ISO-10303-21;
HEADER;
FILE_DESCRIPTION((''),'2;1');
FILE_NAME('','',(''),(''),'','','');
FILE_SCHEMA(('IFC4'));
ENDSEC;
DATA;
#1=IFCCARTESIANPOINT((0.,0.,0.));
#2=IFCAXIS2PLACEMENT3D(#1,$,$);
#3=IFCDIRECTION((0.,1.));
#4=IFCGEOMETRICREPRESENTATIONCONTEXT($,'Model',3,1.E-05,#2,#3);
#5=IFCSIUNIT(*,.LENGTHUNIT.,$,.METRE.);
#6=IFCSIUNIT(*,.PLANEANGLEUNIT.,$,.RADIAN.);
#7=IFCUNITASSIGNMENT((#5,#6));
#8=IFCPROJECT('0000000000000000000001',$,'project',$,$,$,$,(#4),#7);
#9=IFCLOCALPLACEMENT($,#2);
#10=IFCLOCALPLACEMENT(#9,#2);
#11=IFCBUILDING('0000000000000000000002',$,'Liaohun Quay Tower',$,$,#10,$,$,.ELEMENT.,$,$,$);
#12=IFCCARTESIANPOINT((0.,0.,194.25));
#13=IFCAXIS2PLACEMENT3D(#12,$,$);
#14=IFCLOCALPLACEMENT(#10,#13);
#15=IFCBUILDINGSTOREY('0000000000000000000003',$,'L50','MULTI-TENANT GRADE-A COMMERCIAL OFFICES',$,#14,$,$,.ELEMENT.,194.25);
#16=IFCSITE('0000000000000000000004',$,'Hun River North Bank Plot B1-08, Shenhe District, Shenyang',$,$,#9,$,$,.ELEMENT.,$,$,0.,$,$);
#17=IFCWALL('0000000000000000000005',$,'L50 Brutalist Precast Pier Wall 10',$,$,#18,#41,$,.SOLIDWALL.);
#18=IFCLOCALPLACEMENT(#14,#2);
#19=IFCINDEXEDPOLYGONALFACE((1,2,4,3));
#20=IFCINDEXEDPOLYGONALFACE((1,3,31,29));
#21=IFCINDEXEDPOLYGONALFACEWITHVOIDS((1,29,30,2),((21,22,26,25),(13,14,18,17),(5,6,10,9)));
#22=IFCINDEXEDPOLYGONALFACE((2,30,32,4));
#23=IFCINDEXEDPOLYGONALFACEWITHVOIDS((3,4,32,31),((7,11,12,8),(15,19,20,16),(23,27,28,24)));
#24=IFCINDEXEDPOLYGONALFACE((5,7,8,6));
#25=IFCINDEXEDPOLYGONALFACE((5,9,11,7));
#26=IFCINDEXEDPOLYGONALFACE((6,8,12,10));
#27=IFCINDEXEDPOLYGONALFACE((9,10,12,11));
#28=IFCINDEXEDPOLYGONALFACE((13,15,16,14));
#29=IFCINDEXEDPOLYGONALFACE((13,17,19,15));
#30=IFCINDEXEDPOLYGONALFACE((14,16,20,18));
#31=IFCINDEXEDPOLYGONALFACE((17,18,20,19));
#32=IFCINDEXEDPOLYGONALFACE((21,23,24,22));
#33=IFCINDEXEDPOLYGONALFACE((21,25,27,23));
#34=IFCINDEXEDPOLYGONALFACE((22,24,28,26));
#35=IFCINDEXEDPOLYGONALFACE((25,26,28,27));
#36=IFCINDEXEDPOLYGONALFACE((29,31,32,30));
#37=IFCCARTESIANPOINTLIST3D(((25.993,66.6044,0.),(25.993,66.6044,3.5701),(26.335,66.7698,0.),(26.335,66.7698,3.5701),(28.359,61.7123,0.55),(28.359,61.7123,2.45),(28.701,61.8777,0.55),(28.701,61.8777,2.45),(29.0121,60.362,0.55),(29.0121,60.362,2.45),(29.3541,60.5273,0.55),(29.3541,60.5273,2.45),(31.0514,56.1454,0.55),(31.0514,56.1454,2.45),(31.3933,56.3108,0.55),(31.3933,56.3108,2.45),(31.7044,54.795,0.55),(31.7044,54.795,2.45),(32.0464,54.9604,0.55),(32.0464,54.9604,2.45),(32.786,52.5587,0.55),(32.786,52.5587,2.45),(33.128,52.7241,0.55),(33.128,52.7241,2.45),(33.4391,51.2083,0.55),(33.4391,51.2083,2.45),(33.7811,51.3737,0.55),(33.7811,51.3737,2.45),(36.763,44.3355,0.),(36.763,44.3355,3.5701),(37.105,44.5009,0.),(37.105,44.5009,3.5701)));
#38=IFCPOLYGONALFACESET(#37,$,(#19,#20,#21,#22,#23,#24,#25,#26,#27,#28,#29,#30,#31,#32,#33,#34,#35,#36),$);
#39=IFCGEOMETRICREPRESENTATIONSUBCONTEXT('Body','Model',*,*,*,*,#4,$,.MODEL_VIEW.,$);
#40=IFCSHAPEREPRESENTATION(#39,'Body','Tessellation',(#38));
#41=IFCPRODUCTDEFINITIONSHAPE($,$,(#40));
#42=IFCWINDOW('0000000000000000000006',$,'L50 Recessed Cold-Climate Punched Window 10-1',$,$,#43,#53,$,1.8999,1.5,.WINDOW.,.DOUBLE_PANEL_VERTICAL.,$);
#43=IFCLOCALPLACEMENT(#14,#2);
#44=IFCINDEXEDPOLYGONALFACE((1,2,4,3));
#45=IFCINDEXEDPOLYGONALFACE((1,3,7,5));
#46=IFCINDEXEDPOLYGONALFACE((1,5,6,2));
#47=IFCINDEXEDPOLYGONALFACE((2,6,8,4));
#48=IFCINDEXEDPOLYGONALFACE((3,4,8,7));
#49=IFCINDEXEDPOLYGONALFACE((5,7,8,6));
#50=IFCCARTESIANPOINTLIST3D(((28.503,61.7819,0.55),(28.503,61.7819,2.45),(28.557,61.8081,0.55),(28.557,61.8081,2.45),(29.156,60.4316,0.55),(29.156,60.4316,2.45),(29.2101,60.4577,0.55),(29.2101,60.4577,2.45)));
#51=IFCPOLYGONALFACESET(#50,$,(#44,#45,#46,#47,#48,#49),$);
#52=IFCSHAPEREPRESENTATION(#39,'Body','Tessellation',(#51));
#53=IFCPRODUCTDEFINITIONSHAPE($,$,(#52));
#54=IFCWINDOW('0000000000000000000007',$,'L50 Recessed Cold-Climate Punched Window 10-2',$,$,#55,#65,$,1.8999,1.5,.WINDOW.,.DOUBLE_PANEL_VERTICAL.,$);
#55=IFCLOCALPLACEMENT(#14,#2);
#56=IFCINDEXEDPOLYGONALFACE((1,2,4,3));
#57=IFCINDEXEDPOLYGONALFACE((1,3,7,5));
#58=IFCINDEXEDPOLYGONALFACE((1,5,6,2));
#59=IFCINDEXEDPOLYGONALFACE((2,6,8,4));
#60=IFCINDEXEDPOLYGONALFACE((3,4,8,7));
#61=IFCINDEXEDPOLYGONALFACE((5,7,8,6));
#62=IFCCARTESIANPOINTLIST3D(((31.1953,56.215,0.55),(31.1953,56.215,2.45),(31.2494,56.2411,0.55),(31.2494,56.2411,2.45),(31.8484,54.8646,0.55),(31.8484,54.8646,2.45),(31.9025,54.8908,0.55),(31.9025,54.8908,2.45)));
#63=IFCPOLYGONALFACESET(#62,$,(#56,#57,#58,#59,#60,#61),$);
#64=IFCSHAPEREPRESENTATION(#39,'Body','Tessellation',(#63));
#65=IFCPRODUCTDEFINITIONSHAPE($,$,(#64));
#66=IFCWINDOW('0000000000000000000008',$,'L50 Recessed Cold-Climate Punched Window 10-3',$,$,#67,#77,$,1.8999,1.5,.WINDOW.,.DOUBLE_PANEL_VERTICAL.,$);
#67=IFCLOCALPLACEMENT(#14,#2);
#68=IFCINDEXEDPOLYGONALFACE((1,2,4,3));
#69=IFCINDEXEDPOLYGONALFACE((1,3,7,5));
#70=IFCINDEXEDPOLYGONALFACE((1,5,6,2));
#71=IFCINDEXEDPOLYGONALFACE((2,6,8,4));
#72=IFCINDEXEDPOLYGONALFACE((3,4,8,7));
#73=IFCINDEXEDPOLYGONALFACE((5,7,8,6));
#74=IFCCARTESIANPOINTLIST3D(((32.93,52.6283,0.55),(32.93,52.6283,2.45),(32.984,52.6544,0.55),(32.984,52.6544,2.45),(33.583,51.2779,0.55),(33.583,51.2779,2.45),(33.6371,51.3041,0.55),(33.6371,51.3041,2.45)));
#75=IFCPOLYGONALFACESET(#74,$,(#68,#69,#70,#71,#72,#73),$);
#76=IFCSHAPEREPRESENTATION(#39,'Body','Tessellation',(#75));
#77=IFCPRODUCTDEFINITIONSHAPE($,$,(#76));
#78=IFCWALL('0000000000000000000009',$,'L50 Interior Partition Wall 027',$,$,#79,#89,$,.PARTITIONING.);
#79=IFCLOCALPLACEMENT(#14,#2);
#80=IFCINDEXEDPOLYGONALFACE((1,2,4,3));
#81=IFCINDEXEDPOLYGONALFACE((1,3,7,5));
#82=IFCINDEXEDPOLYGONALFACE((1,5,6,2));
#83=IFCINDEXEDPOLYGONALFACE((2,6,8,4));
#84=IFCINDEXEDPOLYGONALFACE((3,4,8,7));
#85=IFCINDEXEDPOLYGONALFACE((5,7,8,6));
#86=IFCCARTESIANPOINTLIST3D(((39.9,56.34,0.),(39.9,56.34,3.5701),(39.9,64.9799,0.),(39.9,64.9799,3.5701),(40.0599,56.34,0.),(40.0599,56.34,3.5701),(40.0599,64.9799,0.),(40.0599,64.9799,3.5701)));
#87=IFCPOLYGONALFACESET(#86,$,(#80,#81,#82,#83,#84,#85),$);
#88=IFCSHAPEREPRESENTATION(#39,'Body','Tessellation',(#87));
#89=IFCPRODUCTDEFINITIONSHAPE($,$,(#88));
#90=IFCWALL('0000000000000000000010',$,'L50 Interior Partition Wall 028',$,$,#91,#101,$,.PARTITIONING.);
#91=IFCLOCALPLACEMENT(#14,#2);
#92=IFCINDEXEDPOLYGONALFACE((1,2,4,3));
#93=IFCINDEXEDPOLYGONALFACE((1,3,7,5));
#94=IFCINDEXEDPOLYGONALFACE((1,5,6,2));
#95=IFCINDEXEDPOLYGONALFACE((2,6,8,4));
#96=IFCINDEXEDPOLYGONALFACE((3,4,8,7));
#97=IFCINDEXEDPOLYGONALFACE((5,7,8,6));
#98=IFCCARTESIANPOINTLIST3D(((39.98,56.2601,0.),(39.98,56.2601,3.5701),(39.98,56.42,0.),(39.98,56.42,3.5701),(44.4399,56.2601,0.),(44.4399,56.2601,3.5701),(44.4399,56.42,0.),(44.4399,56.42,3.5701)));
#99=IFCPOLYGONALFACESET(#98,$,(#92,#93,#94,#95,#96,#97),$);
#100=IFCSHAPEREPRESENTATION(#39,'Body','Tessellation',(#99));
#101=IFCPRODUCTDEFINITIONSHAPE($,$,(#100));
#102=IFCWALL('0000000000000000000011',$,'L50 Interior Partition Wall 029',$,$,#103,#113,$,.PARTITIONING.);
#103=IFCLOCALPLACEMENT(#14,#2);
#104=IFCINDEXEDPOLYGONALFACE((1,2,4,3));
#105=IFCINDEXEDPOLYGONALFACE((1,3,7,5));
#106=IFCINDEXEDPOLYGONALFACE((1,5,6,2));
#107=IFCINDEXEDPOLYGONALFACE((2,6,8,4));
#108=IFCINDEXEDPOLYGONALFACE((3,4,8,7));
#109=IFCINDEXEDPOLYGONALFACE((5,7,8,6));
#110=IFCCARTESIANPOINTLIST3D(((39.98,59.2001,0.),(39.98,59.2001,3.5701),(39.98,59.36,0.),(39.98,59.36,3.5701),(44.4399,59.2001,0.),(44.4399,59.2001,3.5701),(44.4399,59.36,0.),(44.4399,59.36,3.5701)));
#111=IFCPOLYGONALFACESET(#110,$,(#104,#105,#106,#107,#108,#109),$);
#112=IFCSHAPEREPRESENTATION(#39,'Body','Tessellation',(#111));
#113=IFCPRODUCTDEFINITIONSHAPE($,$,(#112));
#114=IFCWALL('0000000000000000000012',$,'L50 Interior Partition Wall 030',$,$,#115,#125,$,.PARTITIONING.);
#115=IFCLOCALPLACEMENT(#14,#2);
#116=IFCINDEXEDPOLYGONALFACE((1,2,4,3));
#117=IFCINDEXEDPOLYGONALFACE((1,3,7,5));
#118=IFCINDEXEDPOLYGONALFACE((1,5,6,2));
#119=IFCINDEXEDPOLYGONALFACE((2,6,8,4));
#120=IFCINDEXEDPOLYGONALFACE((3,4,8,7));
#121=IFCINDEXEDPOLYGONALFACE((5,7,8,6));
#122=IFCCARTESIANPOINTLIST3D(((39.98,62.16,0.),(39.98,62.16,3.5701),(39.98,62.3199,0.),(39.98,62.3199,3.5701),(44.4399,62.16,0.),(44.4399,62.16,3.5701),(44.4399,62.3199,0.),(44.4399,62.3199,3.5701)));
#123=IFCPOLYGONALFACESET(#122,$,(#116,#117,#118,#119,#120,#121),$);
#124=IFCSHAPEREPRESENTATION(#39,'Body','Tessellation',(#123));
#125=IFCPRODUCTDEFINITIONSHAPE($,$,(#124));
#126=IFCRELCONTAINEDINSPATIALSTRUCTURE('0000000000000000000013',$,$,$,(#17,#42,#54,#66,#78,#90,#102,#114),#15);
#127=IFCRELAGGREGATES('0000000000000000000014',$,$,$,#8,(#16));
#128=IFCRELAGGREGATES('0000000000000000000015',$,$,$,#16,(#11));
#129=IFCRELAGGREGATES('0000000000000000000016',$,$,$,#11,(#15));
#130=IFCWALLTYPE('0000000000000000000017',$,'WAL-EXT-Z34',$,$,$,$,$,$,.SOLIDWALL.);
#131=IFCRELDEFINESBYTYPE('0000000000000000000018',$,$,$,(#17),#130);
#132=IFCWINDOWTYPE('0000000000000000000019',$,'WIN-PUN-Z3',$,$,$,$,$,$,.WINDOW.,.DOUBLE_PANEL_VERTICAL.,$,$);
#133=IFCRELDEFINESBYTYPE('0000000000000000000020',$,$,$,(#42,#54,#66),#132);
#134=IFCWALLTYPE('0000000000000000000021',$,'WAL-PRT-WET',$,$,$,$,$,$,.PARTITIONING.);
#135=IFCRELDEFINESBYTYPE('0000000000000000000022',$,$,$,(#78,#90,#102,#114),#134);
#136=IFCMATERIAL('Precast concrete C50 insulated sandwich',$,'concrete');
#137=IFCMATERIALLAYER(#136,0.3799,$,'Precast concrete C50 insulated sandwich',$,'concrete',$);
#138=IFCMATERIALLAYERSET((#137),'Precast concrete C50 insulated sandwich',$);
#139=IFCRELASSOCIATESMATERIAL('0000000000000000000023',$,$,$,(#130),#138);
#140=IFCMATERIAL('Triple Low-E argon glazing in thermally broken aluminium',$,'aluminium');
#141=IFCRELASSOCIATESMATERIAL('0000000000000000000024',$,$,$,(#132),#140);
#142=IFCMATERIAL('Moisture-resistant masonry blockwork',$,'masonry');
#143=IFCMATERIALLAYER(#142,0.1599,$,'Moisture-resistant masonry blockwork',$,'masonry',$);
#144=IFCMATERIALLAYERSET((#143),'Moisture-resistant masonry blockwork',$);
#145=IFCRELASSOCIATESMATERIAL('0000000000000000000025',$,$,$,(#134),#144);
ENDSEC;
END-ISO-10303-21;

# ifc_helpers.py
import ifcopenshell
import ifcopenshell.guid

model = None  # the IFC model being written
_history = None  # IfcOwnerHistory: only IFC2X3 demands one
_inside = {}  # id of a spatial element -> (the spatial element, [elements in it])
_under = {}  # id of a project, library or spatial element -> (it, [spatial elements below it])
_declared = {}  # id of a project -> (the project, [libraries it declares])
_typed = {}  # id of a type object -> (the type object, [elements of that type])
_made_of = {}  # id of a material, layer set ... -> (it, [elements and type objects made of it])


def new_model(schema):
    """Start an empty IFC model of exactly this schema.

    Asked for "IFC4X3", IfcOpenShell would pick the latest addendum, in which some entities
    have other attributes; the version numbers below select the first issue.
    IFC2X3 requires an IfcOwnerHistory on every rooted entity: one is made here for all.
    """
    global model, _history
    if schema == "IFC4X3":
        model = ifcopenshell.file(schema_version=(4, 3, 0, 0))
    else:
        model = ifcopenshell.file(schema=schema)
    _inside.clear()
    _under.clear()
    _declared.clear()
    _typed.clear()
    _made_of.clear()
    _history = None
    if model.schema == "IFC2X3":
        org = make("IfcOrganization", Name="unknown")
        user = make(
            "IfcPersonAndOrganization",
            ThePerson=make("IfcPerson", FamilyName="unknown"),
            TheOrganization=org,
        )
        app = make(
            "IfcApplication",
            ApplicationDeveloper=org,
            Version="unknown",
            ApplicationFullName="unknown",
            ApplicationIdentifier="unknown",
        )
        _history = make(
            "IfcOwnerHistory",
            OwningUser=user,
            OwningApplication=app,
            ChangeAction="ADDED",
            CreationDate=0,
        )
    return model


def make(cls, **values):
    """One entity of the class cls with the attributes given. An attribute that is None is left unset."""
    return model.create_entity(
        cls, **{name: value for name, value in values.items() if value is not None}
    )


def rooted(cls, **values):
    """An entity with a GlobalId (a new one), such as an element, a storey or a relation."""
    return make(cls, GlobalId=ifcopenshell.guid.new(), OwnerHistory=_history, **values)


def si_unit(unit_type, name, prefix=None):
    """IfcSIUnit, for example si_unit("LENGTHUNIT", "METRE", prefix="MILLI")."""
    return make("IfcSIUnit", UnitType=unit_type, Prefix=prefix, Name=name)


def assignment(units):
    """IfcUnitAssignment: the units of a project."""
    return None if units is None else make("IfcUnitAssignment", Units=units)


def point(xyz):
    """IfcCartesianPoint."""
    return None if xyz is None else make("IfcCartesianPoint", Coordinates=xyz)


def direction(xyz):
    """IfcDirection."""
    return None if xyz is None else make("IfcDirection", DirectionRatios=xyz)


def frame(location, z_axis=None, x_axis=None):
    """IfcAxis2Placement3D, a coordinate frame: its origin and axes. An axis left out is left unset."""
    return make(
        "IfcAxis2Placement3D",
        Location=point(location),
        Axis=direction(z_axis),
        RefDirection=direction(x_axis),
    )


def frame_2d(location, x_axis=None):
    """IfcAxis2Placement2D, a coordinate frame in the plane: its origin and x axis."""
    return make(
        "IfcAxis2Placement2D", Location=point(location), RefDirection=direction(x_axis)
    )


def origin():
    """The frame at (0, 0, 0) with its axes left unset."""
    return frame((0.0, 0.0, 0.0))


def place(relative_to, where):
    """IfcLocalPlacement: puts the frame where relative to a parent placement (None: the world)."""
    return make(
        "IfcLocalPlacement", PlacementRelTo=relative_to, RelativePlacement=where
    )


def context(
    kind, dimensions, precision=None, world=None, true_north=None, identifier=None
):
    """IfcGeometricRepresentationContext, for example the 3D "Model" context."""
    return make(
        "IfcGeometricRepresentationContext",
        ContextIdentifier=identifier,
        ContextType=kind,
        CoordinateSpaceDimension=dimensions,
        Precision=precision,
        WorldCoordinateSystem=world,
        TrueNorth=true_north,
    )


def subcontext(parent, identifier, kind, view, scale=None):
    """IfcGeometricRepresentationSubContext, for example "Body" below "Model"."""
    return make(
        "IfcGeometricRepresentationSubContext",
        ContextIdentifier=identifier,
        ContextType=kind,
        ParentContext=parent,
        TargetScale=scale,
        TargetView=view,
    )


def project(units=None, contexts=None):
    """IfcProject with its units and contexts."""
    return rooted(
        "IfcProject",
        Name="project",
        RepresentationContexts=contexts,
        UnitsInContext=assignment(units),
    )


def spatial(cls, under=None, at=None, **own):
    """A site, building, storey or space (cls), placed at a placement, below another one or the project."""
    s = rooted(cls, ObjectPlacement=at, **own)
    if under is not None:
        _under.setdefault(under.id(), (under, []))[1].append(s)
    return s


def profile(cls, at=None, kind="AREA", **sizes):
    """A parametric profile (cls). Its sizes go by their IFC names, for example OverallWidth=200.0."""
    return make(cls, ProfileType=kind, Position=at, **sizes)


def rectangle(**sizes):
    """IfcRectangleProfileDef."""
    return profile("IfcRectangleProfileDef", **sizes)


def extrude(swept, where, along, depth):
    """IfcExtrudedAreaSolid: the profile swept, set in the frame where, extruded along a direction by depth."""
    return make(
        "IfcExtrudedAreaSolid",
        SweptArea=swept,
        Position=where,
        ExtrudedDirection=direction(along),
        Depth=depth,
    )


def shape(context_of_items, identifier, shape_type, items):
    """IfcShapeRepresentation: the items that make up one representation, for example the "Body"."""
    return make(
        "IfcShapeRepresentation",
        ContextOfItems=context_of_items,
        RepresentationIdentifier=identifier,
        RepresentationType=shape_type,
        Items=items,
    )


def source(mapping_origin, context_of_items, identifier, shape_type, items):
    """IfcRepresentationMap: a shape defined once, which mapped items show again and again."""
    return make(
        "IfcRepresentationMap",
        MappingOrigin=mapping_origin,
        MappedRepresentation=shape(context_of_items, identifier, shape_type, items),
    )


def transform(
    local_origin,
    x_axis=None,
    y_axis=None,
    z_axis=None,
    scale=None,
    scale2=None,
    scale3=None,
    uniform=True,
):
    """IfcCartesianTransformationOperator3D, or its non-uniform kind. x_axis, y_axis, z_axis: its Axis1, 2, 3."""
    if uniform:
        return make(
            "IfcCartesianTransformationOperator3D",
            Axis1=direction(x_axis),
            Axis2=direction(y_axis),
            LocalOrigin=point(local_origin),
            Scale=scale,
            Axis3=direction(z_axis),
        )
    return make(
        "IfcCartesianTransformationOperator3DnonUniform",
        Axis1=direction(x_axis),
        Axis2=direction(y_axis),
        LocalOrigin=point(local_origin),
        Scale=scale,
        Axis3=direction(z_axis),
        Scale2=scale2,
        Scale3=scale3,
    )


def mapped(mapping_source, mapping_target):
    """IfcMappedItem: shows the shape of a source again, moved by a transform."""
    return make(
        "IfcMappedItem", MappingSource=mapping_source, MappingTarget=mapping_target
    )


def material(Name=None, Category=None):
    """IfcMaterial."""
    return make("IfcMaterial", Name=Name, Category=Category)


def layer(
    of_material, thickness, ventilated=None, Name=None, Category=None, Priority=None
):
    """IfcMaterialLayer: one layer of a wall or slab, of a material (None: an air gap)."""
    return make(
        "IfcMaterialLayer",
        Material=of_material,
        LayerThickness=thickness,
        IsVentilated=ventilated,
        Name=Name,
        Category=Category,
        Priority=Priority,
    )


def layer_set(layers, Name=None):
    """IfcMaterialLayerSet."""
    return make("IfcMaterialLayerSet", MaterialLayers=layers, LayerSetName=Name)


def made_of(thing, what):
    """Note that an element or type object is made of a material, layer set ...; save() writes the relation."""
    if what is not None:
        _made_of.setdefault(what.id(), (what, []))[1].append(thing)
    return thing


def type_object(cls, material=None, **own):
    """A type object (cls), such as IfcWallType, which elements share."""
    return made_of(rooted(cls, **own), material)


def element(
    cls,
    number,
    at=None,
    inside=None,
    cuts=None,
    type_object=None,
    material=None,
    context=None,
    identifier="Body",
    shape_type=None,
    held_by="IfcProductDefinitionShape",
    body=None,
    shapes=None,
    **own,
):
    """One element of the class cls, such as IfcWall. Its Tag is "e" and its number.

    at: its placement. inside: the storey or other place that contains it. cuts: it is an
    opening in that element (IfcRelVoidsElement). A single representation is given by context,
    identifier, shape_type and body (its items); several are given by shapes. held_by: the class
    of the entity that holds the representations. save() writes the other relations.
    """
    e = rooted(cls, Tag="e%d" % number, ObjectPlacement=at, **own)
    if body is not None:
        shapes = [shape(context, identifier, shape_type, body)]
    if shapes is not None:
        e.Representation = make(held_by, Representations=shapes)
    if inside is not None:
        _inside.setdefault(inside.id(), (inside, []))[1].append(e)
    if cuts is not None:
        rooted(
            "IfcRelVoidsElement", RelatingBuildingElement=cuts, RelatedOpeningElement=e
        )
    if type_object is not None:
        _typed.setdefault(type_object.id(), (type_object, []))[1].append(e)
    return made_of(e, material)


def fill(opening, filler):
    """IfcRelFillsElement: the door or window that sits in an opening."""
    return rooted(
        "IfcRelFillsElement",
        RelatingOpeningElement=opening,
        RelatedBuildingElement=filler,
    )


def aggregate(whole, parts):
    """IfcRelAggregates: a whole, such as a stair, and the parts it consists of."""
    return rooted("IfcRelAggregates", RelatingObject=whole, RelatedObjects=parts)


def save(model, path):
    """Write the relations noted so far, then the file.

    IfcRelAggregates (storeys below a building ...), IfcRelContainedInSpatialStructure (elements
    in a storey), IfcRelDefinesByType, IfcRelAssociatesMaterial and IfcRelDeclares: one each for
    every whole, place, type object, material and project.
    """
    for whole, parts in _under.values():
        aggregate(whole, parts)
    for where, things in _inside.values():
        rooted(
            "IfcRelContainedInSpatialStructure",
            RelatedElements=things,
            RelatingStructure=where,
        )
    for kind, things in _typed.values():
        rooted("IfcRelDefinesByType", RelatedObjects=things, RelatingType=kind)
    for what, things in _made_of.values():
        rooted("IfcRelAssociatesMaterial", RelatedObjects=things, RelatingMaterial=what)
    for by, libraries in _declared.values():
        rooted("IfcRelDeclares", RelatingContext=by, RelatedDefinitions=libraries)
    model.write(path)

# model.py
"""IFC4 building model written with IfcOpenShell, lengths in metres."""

from ifc_helpers import new_model, si_unit, direction, frame, frame_2d, origin, place, context, subcontext, project, spatial, rectangle, extrude, source, transform, mapped, material, layer, layer_set, type_object, element, fill, save


model = new_model("IFC4")

# Units and contexts
model_context = context("Model", 3, precision=1e-05, world=origin(), true_north=direction((0.0, 1.0)))
body_context = subcontext(model_context, "Body", "Model", "MODEL_VIEW")
ifc_project = project(units=[si_unit("LENGTHUNIT", "METRE"), si_unit("PLANEANGLEUNIT", "RADIAN")], contexts=[model_context])

# Site, building, storey
site_placement = place(None, origin())
site = spatial("IfcSite", under=ifc_project, at=site_placement, Name="Hun River North Bank Plot B1-08, Shenhe District, Shenyang", CompositionType="ELEMENT", RefElevation=0.0)
building_placement = place(site_placement, origin())
building = spatial("IfcBuilding", under=site, at=building_placement, Name="Liaohun Quay Tower", CompositionType="ELEMENT")
storey_placement = place(building_placement, frame((0.0, 0.0, 194.25)))
storey = spatial("IfcBuildingStorey", under=building, at=storey_placement, Name="L50", Description="MULTI-TENANT GRADE-A COMMERCIAL OFFICES", CompositionType="ELEMENT", Elevation=194.25)

# Shared definitions
ifc_material_1 = material(Name="Precast concrete C50 insulated sandwich", Category="concrete")
ifc_layer_1 = layer(ifc_material_1, 0.3799, Name="Precast concrete C50 insulated sandwich", Category="concrete")
ifc_layer_set_1 = layer_set([ifc_layer_1], Name="Precast concrete C50 insulated sandwich")
wall_type_1 = type_object("IfcWallType", Name="WAL-EXT-Z34", PredefinedType="SOLIDWALL", material=ifc_layer_set_1)

# Wall, openings, windows
wall_1_placement = place(storey_placement, frame((26.1641, 66.687, 0.0), z_axis=(0.0, 0.0, 1.0), x_axis=(0.435387, -0.900244, 0.0)))
wall_1 = element("IfcWall", 1, at=wall_1_placement, inside=storey, type_object=wall_type_1, Name="L50 Brutalist Precast Pier Wall 10", PredefinedType="SOLIDWALL", context=body_context, shape_type="SweptSolid", body=[
    extrude(rectangle(XDim=24.7366, YDim=0.3799, at=frame_2d((12.3682, 0.0))), origin(), (0.0, 0.0, 1.0), 3.5701),
])
shared_shape_1 = source(origin(), body_context, "Body", "SweptSolid", [
    extrude(rectangle(XDim=1.5, YDim=1.8999, at=frame_2d((0.75, 0.95))), frame((0.0, 0.2, 0.0), z_axis=(0.0, -1.0, 0.0), x_axis=(1.0, 0.0, 0.0)), (0.0, 0.0, 1.0), 0.3999),
])
opening_1_placement = place(wall_1_placement, frame((5.4341, 0.0, 0.55)))
opening_1 = element("IfcOpeningElement", 2, at=opening_1_placement, cuts=wall_1, PredefinedType="OPENING", context=body_context, shape_type="MappedRepresentation", body=[
    mapped(shared_shape_1, transform((0.0, 0.0, 0.0), x_axis=(1.0, 0.0, 0.0), y_axis=(0.0, 1.0, 0.0), z_axis=(0.0, 0.0, 1.0), scale=1.0)),
])
opening_2_placement = place(wall_1_placement, frame((11.6179, 0.0, 0.55)))
opening_2 = element("IfcOpeningElement", 3, at=opening_2_placement, cuts=wall_1, PredefinedType="OPENING", context=body_context, shape_type="MappedRepresentation", body=[
    mapped(shared_shape_1, transform((0.0, 0.0, 0.0), x_axis=(1.0, 0.0, 0.0), y_axis=(0.0, 1.0, 0.0), z_axis=(0.0, 0.0, 1.0), scale=1.0)),
])
opening_3_placement = place(wall_1_placement, frame((15.6021, 0.0, 0.55)))
opening_3 = element("IfcOpeningElement", 4, at=opening_3_placement, cuts=wall_1, PredefinedType="OPENING", context=body_context, shape_type="MappedRepresentation", body=[
    mapped(shared_shape_1, transform((0.0, 0.0, 0.0), x_axis=(1.0, 0.0, 0.0), y_axis=(0.0, 1.0, 0.0), z_axis=(0.0, 0.0, 1.0), scale=1.0)),
])
ifc_material_2 = material(Name="Triple Low-E argon glazing in thermally broken aluminium", Category="aluminium")
window_type_1 = type_object("IfcWindowType", Name="WIN-PUN-Z3", PartitioningType="DOUBLE_PANEL_VERTICAL", PredefinedType="WINDOW", material=ifc_material_2)
shared_shape_2 = source(origin(), body_context, "Body", "SweptSolid", [
    extrude(rectangle(XDim=1.5, YDim=1.8999, at=frame_2d((0.75, 0.95))), frame((0.0, 0.03, 0.0), z_axis=(0.0, -1.0, 0.0), x_axis=(1.0, 0.0, 0.0)), (0.0, 0.0, 1.0), 0.0601),
])
window_1_placement = place(opening_1_placement, origin())
window_1 = element("IfcWindow", 5, at=window_1_placement, inside=storey, type_object=window_type_1, Name="L50 Recessed Cold-Climate Punched Window 10-1", OverallHeight=1.8999, OverallWidth=1.5, PartitioningType="DOUBLE_PANEL_VERTICAL", PredefinedType="WINDOW", context=body_context, shape_type="MappedRepresentation", body=[
    mapped(shared_shape_2, transform((0.0, 0.0, 0.0), x_axis=(1.0, 0.0, 0.0), y_axis=(0.0, 1.0, 0.0), z_axis=(0.0, 0.0, 1.0), scale=1.0)),
])
fill(opening_1, window_1)
window_2_placement = place(opening_2_placement, origin())
window_2 = element("IfcWindow", 6, at=window_2_placement, inside=storey, type_object=window_type_1, Name="L50 Recessed Cold-Climate Punched Window 10-2", OverallHeight=1.8999, OverallWidth=1.5, PartitioningType="DOUBLE_PANEL_VERTICAL", PredefinedType="WINDOW", context=body_context, shape_type="MappedRepresentation", body=[
    mapped(shared_shape_2, transform((0.0, 0.0, 0.0), x_axis=(1.0, 0.0, 0.0), y_axis=(0.0, 1.0, 0.0), z_axis=(0.0, 0.0, 1.0), scale=1.0)),
])
fill(opening_2, window_2)
window_3_placement = place(opening_3_placement, origin())
window_3 = element("IfcWindow", 7, at=window_3_placement, inside=storey, type_object=window_type_1, Name="L50 Recessed Cold-Climate Punched Window 10-3", OverallHeight=1.8999, OverallWidth=1.5, PartitioningType="DOUBLE_PANEL_VERTICAL", PredefinedType="WINDOW", context=body_context, shape_type="MappedRepresentation", body=[
    mapped(shared_shape_2, transform((0.0, 0.0, 0.0), x_axis=(1.0, 0.0, 0.0), y_axis=(0.0, 1.0, 0.0), z_axis=(0.0, 0.0, 1.0), scale=1.0)),
])
fill(opening_3, window_3)

# Walls
ifc_material_3 = material(Name="Moisture-resistant masonry blockwork", Category="masonry")
ifc_layer_2 = layer(ifc_material_3, 0.1599, Name="Moisture-resistant masonry blockwork", Category="masonry")
ifc_layer_set_2 = layer_set([ifc_layer_2], Name="Moisture-resistant masonry blockwork")
wall_type_2 = type_object("IfcWallType", Name="WAL-PRT-WET", PredefinedType="PARTITIONING", material=ifc_layer_set_2)
wall_2_placement = place(storey_placement, frame((39.98, 56.3401, 0.0), z_axis=(0.0, 0.0, 1.0), x_axis=(0.0, 1.0, 0.0)))
element("IfcWall", 8, at=wall_2_placement, inside=storey, type_object=wall_type_2, Name="L50 Interior Partition Wall 027", PredefinedType="PARTITIONING", context=body_context, shape_type="SweptSolid", body=[
    extrude(rectangle(XDim=8.6399, YDim=0.1599, at=frame_2d((4.3198, 0.0))), origin(), (0.0, 0.0, 1.0), 3.5701),
])
for number, where, z_axis, x_axis, name in (
    (9, (39.98, 56.3401, 0.0), (0.0, 0.0, 1.0), (1.0, 0.0, 0.0), "L50 Interior Partition Wall 028"),
    (10, (39.98, 59.28, 0.0), (0.0, 0.0, 1.0), (1.0, 0.0, 0.0), "L50 Interior Partition Wall 029"),
    (11, (39.98, 62.24, 0.0), (0.0, 0.0, 1.0), (1.0, 0.0, 0.0), "L50 Interior Partition Wall 030"),
):
    element("IfcWall", number, at=place(storey_placement, frame(where, z_axis=z_axis, x_axis=x_axis)), inside=storey, type_object=wall_type_2, Name=name, PredefinedType="PARTITIONING", context=body_context, shape_type="SweptSolid", body=[
        extrude(rectangle(XDim=4.46, YDim=0.1599, at=frame_2d((2.23, 0.0))), origin(), (0.0, 0.0, 1.0), 3.5701),
    ])

save(model, "model.ifc")
